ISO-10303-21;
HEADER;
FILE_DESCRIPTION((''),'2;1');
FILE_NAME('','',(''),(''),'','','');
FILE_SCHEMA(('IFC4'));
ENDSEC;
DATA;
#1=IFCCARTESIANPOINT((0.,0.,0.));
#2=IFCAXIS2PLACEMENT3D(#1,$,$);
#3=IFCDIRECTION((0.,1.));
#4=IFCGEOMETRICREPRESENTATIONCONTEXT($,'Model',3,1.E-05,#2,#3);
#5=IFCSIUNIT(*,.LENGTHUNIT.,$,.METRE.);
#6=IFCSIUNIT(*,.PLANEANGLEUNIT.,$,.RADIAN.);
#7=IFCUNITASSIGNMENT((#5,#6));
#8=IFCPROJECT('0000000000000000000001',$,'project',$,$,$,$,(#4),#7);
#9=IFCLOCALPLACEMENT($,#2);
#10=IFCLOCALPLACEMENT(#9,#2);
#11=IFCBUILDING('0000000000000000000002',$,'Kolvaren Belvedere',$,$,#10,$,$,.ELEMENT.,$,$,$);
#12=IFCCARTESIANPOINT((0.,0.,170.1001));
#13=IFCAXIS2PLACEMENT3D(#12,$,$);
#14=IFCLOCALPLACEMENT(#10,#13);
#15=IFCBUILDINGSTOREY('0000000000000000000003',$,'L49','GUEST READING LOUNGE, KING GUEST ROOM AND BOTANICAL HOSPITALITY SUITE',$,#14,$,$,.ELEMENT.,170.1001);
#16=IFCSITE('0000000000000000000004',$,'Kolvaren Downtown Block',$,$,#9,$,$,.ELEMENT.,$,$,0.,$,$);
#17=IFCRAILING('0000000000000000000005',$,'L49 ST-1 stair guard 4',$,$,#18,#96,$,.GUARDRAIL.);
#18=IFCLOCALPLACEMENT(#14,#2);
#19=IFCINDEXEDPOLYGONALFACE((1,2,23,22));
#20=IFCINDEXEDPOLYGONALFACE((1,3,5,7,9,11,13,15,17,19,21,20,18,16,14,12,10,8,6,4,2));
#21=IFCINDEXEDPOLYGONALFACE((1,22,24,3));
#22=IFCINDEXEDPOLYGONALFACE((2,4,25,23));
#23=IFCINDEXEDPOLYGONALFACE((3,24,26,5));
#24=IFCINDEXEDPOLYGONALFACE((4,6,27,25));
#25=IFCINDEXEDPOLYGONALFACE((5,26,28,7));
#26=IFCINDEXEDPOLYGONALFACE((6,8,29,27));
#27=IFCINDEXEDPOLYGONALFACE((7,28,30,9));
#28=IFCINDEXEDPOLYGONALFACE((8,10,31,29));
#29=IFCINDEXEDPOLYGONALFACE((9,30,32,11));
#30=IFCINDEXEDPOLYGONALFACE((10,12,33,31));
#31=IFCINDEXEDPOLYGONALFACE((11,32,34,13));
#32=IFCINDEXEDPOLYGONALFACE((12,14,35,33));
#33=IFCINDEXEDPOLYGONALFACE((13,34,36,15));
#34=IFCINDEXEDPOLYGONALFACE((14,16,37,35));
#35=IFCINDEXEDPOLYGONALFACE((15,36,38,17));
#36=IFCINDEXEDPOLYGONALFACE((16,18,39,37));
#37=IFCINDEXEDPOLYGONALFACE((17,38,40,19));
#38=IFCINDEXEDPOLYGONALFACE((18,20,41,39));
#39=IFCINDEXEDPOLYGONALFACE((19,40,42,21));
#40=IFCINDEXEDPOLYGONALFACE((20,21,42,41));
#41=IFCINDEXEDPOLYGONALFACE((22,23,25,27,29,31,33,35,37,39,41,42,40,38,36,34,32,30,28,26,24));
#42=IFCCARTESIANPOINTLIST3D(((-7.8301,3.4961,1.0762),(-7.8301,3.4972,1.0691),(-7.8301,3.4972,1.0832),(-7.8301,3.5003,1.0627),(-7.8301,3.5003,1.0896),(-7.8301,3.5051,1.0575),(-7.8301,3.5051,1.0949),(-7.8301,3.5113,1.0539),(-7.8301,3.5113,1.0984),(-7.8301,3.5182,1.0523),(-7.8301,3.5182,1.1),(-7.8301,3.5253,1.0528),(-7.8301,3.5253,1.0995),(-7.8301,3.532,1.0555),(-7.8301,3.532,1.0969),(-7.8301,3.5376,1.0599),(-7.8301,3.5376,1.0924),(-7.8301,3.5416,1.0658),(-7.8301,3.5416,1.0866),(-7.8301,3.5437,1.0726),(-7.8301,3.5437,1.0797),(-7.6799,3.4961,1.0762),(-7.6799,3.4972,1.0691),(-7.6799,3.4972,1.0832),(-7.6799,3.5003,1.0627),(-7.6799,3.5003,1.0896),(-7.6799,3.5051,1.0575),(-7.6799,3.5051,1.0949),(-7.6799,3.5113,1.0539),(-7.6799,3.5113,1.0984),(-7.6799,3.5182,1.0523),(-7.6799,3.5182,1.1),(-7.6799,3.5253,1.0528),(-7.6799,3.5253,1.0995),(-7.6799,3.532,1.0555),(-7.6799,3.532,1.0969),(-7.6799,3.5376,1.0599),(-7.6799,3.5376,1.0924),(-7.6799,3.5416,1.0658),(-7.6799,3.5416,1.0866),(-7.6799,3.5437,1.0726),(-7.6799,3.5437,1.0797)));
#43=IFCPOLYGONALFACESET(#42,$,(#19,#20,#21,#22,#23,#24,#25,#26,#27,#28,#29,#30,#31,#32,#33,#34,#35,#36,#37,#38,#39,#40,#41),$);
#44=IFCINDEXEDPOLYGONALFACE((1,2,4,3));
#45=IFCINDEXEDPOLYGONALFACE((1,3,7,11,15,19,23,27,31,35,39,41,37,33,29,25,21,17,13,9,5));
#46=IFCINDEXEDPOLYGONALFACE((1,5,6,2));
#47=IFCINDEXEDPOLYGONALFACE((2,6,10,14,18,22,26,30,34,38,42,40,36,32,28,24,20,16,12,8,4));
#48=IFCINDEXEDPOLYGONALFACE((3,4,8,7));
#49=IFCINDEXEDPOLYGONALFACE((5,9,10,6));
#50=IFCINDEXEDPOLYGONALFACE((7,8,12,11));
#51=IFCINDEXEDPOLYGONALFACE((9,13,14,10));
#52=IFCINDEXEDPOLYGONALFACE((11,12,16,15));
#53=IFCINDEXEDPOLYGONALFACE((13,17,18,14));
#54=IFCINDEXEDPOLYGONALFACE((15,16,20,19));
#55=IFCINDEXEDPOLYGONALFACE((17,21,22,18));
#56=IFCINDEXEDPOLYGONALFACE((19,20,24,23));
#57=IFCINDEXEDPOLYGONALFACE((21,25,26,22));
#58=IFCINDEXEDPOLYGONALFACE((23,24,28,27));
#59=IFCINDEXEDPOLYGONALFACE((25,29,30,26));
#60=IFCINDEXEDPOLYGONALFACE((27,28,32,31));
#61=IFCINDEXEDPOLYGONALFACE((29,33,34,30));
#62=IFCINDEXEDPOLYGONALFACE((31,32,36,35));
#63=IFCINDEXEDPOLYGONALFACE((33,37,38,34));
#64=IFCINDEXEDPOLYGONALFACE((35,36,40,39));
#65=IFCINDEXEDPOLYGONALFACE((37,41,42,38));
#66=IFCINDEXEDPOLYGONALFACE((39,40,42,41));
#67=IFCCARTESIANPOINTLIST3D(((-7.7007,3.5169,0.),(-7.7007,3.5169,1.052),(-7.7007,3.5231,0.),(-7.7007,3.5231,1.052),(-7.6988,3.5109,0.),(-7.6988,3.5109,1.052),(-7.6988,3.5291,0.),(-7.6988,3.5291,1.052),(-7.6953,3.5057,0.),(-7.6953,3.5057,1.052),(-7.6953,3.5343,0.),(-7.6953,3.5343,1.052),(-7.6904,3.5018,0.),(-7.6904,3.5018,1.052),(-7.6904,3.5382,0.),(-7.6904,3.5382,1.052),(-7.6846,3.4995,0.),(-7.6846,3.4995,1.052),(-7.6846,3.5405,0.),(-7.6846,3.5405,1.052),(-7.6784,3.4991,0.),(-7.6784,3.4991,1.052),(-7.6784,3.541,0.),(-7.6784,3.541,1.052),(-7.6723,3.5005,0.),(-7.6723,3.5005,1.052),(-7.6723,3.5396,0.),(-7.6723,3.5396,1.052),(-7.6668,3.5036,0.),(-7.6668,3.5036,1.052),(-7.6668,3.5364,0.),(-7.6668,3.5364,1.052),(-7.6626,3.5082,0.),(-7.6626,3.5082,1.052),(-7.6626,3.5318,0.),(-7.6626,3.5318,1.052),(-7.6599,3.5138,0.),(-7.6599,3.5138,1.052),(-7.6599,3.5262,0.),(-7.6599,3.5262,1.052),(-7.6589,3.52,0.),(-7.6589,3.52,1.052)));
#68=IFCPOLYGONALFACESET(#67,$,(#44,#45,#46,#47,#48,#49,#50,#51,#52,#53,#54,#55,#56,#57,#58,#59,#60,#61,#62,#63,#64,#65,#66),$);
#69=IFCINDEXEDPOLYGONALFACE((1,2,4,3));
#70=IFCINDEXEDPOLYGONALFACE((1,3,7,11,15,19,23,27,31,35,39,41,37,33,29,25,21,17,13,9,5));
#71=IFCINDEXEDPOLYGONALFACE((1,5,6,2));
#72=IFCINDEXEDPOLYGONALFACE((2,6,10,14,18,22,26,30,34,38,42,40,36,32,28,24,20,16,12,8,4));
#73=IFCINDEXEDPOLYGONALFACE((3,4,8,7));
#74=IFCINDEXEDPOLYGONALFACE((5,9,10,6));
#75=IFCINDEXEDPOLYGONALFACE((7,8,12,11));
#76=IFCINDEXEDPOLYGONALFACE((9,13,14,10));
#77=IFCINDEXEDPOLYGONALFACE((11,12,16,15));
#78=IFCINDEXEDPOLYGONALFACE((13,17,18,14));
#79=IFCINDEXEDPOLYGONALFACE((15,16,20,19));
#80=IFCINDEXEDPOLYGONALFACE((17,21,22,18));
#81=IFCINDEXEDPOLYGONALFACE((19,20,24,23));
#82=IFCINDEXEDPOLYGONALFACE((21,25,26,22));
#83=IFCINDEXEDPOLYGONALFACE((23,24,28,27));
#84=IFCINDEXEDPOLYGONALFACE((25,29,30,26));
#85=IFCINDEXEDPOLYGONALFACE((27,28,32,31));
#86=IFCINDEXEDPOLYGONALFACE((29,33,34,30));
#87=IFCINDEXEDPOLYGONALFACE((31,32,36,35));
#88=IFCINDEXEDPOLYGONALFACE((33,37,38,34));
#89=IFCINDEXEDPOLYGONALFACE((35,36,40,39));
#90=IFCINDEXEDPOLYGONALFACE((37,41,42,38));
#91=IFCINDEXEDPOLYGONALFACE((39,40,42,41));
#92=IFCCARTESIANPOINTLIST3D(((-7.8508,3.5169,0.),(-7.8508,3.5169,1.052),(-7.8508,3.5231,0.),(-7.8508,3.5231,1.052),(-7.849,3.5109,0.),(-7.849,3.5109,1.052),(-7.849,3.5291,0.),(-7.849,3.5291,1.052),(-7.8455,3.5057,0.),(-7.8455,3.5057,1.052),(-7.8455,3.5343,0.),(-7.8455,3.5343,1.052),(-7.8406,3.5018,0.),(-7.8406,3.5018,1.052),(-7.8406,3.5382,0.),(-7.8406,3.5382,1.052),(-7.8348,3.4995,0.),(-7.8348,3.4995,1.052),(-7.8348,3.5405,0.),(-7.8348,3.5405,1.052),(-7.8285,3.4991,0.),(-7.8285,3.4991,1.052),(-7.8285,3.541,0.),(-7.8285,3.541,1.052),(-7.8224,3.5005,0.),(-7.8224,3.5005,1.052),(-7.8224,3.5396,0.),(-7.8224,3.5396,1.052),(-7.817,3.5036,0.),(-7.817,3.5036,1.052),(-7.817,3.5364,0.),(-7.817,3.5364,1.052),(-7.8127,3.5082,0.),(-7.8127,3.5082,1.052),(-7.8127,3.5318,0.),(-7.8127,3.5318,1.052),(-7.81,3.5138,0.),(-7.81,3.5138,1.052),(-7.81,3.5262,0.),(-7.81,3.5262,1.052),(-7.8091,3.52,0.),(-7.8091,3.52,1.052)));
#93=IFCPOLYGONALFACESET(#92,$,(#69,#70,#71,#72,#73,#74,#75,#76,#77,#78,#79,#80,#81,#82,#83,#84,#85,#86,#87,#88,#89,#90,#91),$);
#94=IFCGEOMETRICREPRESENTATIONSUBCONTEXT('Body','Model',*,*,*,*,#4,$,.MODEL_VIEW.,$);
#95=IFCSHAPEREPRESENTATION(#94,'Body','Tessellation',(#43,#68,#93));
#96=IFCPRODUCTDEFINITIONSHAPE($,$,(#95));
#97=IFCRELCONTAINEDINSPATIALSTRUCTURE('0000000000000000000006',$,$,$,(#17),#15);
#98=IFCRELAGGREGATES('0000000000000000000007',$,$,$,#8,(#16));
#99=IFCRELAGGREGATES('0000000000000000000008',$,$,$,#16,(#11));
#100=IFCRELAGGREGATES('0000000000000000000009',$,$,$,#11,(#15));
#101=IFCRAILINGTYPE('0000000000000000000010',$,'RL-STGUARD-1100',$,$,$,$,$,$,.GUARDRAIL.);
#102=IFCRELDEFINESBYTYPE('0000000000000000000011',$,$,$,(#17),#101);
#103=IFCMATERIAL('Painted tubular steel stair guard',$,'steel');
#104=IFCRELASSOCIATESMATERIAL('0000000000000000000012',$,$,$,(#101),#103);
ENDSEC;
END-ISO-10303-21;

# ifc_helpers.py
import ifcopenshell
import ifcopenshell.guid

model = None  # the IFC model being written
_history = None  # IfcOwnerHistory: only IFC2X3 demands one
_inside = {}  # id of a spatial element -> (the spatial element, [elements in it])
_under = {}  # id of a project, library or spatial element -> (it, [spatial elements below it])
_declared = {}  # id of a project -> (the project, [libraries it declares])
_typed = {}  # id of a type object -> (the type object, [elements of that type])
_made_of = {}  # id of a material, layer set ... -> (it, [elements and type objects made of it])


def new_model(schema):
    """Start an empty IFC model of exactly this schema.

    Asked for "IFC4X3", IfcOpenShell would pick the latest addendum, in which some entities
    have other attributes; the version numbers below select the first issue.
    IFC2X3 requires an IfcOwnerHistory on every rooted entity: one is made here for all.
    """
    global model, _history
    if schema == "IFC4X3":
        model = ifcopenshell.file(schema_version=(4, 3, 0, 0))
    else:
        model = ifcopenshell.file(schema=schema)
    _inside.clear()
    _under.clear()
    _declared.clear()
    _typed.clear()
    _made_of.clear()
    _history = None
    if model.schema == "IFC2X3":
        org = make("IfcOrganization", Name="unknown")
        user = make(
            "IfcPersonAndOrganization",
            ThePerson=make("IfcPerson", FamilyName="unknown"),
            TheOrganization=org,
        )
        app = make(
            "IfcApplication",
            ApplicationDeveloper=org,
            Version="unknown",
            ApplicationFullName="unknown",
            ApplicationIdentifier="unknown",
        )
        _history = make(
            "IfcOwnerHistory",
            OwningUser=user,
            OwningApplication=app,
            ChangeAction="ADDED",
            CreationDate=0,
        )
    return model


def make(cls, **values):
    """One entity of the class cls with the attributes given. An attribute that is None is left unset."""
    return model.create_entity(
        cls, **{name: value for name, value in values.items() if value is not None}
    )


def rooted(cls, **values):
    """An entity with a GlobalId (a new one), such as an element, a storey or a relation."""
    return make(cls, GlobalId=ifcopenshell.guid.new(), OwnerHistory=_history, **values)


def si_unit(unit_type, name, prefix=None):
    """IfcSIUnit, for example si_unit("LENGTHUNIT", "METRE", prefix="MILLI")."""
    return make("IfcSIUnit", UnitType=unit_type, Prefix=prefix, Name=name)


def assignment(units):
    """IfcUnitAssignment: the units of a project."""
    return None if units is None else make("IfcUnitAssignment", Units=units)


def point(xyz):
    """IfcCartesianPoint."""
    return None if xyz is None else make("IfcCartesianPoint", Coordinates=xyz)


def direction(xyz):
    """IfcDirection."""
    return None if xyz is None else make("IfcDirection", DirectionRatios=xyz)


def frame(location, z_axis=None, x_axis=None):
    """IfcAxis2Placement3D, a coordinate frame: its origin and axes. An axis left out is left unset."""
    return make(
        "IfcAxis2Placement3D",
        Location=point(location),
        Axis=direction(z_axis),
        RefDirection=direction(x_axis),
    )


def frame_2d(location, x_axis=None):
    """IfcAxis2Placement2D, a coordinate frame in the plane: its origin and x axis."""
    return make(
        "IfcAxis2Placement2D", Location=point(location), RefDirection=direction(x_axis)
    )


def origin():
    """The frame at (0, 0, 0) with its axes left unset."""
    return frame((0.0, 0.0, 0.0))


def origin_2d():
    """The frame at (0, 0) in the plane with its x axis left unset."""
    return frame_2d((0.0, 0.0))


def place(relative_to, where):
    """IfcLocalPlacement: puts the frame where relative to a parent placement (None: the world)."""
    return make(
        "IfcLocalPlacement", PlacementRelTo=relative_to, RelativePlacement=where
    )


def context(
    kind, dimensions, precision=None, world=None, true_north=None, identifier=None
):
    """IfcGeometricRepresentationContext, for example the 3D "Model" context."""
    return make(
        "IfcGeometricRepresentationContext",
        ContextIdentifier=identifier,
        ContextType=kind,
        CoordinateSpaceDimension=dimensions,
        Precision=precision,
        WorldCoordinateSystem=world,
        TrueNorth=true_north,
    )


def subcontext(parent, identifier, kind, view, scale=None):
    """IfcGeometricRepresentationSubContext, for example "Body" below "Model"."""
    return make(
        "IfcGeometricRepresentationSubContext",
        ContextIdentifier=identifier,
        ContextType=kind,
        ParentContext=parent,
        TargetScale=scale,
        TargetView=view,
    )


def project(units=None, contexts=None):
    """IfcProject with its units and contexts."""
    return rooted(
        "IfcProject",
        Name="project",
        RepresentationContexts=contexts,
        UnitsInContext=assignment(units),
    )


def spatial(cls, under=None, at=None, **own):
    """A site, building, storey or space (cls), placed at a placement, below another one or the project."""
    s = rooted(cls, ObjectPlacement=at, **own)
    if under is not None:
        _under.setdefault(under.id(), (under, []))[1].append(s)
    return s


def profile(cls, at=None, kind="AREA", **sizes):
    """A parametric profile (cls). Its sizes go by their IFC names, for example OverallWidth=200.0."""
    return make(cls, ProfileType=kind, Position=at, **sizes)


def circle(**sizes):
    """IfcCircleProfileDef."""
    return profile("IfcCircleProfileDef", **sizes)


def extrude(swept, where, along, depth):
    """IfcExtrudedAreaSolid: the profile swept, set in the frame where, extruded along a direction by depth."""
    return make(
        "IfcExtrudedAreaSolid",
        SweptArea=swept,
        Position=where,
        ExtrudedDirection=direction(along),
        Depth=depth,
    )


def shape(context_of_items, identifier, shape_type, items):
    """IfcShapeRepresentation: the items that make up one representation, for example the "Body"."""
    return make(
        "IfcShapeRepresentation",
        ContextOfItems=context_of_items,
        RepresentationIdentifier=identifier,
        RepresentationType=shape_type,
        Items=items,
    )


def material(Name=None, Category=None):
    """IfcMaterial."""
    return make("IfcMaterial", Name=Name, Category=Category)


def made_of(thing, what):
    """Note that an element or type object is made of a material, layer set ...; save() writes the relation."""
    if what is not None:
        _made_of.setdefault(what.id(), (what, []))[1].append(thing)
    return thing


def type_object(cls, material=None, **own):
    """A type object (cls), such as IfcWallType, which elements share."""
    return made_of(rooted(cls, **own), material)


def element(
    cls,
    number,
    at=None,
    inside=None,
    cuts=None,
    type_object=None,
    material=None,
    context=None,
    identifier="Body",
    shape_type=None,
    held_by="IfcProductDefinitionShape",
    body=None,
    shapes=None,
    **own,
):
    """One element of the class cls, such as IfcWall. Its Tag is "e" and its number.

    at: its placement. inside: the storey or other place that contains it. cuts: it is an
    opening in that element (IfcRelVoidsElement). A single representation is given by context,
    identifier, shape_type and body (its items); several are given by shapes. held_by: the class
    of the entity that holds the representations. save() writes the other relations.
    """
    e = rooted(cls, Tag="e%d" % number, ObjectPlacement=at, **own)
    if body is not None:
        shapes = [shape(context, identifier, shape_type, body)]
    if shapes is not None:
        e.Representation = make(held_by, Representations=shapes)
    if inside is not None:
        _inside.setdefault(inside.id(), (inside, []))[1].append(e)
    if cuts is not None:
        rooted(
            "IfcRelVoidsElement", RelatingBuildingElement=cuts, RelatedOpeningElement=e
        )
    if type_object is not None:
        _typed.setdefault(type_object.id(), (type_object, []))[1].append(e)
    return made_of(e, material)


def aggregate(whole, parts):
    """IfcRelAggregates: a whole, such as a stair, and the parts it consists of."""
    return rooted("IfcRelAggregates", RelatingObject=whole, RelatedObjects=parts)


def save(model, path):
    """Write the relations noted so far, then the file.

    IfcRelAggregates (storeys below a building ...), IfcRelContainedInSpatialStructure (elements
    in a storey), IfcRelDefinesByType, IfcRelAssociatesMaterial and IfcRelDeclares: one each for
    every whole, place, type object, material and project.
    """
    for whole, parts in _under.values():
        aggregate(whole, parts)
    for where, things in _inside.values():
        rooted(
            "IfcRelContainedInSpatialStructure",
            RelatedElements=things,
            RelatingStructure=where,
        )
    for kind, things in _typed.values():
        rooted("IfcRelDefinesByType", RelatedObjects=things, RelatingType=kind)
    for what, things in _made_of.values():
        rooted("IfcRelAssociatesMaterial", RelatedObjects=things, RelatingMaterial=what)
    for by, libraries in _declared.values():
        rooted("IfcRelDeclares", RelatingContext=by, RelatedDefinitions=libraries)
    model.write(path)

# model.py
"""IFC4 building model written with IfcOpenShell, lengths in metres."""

from ifc_helpers import new_model, si_unit, direction, frame, origin, origin_2d, place, context, subcontext, project, spatial, circle, extrude, material, type_object, element, save


model = new_model("IFC4")

# Units and contexts
model_context = context("Model", 3, precision=1e-05, world=origin(), true_north=direction((0.0, 1.0)))
body_context = subcontext(model_context, "Body", "Model", "MODEL_VIEW")
ifc_project = project(units=[si_unit("LENGTHUNIT", "METRE"), si_unit("PLANEANGLEUNIT", "RADIAN")], contexts=[model_context])

# Site, building, storey
site_placement = place(None, origin())
site = spatial("IfcSite", under=ifc_project, at=site_placement, Name="Kolvaren Downtown Block", CompositionType="ELEMENT", RefElevation=0.0)
building_placement = place(site_placement, origin())
building = spatial("IfcBuilding", under=site, at=building_placement, Name="Kolvaren Belvedere", CompositionType="ELEMENT")
storey_placement = place(building_placement, frame((0.0, 0.0, 170.1001)))
storey = spatial("IfcBuildingStorey", under=building, at=storey_placement, Name="L49", Description="GUEST READING LOUNGE, KING GUEST ROOM AND BOTANICAL HOSPITALITY SUITE", CompositionType="ELEMENT", Elevation=170.1001)

# Railing
ifc_material_1 = material(Name="Painted tubular steel stair guard", Category="steel")
railing_type_1 = type_object("IfcRailingType", Name="RL-STGUARD-1100", PredefinedType="GUARDRAIL", material=ifc_material_1)
railing_1_placement = place(storey_placement, frame((-7.6799, 3.52, 0.0)))
element("IfcRailing", 1, at=railing_1_placement, inside=storey, type_object=railing_type_1, Name="L49 ST-1 stair guard 4", PredefinedType="GUARDRAIL", context=body_context, shape_type="SweptSolid", body=[
    extrude(circle(Radius=0.0239, at=origin_2d()), frame((0.0, 0.0, 1.0762), z_axis=(-1.0, 0.0, 0.0), x_axis=(0.0, -1.0, 0.0)), (0.0, 0.0, 1.0), 0.1501),
    extrude(circle(Radius=0.021, at=origin_2d()), origin(), (0.0, 0.0, 1.0), 1.052),
    extrude(circle(Radius=0.021, at=origin_2d()), frame((-0.1501, 0.0, 0.0)), (0.0, 0.0, 1.0), 1.052),
])

save(model, "model.ifc")
